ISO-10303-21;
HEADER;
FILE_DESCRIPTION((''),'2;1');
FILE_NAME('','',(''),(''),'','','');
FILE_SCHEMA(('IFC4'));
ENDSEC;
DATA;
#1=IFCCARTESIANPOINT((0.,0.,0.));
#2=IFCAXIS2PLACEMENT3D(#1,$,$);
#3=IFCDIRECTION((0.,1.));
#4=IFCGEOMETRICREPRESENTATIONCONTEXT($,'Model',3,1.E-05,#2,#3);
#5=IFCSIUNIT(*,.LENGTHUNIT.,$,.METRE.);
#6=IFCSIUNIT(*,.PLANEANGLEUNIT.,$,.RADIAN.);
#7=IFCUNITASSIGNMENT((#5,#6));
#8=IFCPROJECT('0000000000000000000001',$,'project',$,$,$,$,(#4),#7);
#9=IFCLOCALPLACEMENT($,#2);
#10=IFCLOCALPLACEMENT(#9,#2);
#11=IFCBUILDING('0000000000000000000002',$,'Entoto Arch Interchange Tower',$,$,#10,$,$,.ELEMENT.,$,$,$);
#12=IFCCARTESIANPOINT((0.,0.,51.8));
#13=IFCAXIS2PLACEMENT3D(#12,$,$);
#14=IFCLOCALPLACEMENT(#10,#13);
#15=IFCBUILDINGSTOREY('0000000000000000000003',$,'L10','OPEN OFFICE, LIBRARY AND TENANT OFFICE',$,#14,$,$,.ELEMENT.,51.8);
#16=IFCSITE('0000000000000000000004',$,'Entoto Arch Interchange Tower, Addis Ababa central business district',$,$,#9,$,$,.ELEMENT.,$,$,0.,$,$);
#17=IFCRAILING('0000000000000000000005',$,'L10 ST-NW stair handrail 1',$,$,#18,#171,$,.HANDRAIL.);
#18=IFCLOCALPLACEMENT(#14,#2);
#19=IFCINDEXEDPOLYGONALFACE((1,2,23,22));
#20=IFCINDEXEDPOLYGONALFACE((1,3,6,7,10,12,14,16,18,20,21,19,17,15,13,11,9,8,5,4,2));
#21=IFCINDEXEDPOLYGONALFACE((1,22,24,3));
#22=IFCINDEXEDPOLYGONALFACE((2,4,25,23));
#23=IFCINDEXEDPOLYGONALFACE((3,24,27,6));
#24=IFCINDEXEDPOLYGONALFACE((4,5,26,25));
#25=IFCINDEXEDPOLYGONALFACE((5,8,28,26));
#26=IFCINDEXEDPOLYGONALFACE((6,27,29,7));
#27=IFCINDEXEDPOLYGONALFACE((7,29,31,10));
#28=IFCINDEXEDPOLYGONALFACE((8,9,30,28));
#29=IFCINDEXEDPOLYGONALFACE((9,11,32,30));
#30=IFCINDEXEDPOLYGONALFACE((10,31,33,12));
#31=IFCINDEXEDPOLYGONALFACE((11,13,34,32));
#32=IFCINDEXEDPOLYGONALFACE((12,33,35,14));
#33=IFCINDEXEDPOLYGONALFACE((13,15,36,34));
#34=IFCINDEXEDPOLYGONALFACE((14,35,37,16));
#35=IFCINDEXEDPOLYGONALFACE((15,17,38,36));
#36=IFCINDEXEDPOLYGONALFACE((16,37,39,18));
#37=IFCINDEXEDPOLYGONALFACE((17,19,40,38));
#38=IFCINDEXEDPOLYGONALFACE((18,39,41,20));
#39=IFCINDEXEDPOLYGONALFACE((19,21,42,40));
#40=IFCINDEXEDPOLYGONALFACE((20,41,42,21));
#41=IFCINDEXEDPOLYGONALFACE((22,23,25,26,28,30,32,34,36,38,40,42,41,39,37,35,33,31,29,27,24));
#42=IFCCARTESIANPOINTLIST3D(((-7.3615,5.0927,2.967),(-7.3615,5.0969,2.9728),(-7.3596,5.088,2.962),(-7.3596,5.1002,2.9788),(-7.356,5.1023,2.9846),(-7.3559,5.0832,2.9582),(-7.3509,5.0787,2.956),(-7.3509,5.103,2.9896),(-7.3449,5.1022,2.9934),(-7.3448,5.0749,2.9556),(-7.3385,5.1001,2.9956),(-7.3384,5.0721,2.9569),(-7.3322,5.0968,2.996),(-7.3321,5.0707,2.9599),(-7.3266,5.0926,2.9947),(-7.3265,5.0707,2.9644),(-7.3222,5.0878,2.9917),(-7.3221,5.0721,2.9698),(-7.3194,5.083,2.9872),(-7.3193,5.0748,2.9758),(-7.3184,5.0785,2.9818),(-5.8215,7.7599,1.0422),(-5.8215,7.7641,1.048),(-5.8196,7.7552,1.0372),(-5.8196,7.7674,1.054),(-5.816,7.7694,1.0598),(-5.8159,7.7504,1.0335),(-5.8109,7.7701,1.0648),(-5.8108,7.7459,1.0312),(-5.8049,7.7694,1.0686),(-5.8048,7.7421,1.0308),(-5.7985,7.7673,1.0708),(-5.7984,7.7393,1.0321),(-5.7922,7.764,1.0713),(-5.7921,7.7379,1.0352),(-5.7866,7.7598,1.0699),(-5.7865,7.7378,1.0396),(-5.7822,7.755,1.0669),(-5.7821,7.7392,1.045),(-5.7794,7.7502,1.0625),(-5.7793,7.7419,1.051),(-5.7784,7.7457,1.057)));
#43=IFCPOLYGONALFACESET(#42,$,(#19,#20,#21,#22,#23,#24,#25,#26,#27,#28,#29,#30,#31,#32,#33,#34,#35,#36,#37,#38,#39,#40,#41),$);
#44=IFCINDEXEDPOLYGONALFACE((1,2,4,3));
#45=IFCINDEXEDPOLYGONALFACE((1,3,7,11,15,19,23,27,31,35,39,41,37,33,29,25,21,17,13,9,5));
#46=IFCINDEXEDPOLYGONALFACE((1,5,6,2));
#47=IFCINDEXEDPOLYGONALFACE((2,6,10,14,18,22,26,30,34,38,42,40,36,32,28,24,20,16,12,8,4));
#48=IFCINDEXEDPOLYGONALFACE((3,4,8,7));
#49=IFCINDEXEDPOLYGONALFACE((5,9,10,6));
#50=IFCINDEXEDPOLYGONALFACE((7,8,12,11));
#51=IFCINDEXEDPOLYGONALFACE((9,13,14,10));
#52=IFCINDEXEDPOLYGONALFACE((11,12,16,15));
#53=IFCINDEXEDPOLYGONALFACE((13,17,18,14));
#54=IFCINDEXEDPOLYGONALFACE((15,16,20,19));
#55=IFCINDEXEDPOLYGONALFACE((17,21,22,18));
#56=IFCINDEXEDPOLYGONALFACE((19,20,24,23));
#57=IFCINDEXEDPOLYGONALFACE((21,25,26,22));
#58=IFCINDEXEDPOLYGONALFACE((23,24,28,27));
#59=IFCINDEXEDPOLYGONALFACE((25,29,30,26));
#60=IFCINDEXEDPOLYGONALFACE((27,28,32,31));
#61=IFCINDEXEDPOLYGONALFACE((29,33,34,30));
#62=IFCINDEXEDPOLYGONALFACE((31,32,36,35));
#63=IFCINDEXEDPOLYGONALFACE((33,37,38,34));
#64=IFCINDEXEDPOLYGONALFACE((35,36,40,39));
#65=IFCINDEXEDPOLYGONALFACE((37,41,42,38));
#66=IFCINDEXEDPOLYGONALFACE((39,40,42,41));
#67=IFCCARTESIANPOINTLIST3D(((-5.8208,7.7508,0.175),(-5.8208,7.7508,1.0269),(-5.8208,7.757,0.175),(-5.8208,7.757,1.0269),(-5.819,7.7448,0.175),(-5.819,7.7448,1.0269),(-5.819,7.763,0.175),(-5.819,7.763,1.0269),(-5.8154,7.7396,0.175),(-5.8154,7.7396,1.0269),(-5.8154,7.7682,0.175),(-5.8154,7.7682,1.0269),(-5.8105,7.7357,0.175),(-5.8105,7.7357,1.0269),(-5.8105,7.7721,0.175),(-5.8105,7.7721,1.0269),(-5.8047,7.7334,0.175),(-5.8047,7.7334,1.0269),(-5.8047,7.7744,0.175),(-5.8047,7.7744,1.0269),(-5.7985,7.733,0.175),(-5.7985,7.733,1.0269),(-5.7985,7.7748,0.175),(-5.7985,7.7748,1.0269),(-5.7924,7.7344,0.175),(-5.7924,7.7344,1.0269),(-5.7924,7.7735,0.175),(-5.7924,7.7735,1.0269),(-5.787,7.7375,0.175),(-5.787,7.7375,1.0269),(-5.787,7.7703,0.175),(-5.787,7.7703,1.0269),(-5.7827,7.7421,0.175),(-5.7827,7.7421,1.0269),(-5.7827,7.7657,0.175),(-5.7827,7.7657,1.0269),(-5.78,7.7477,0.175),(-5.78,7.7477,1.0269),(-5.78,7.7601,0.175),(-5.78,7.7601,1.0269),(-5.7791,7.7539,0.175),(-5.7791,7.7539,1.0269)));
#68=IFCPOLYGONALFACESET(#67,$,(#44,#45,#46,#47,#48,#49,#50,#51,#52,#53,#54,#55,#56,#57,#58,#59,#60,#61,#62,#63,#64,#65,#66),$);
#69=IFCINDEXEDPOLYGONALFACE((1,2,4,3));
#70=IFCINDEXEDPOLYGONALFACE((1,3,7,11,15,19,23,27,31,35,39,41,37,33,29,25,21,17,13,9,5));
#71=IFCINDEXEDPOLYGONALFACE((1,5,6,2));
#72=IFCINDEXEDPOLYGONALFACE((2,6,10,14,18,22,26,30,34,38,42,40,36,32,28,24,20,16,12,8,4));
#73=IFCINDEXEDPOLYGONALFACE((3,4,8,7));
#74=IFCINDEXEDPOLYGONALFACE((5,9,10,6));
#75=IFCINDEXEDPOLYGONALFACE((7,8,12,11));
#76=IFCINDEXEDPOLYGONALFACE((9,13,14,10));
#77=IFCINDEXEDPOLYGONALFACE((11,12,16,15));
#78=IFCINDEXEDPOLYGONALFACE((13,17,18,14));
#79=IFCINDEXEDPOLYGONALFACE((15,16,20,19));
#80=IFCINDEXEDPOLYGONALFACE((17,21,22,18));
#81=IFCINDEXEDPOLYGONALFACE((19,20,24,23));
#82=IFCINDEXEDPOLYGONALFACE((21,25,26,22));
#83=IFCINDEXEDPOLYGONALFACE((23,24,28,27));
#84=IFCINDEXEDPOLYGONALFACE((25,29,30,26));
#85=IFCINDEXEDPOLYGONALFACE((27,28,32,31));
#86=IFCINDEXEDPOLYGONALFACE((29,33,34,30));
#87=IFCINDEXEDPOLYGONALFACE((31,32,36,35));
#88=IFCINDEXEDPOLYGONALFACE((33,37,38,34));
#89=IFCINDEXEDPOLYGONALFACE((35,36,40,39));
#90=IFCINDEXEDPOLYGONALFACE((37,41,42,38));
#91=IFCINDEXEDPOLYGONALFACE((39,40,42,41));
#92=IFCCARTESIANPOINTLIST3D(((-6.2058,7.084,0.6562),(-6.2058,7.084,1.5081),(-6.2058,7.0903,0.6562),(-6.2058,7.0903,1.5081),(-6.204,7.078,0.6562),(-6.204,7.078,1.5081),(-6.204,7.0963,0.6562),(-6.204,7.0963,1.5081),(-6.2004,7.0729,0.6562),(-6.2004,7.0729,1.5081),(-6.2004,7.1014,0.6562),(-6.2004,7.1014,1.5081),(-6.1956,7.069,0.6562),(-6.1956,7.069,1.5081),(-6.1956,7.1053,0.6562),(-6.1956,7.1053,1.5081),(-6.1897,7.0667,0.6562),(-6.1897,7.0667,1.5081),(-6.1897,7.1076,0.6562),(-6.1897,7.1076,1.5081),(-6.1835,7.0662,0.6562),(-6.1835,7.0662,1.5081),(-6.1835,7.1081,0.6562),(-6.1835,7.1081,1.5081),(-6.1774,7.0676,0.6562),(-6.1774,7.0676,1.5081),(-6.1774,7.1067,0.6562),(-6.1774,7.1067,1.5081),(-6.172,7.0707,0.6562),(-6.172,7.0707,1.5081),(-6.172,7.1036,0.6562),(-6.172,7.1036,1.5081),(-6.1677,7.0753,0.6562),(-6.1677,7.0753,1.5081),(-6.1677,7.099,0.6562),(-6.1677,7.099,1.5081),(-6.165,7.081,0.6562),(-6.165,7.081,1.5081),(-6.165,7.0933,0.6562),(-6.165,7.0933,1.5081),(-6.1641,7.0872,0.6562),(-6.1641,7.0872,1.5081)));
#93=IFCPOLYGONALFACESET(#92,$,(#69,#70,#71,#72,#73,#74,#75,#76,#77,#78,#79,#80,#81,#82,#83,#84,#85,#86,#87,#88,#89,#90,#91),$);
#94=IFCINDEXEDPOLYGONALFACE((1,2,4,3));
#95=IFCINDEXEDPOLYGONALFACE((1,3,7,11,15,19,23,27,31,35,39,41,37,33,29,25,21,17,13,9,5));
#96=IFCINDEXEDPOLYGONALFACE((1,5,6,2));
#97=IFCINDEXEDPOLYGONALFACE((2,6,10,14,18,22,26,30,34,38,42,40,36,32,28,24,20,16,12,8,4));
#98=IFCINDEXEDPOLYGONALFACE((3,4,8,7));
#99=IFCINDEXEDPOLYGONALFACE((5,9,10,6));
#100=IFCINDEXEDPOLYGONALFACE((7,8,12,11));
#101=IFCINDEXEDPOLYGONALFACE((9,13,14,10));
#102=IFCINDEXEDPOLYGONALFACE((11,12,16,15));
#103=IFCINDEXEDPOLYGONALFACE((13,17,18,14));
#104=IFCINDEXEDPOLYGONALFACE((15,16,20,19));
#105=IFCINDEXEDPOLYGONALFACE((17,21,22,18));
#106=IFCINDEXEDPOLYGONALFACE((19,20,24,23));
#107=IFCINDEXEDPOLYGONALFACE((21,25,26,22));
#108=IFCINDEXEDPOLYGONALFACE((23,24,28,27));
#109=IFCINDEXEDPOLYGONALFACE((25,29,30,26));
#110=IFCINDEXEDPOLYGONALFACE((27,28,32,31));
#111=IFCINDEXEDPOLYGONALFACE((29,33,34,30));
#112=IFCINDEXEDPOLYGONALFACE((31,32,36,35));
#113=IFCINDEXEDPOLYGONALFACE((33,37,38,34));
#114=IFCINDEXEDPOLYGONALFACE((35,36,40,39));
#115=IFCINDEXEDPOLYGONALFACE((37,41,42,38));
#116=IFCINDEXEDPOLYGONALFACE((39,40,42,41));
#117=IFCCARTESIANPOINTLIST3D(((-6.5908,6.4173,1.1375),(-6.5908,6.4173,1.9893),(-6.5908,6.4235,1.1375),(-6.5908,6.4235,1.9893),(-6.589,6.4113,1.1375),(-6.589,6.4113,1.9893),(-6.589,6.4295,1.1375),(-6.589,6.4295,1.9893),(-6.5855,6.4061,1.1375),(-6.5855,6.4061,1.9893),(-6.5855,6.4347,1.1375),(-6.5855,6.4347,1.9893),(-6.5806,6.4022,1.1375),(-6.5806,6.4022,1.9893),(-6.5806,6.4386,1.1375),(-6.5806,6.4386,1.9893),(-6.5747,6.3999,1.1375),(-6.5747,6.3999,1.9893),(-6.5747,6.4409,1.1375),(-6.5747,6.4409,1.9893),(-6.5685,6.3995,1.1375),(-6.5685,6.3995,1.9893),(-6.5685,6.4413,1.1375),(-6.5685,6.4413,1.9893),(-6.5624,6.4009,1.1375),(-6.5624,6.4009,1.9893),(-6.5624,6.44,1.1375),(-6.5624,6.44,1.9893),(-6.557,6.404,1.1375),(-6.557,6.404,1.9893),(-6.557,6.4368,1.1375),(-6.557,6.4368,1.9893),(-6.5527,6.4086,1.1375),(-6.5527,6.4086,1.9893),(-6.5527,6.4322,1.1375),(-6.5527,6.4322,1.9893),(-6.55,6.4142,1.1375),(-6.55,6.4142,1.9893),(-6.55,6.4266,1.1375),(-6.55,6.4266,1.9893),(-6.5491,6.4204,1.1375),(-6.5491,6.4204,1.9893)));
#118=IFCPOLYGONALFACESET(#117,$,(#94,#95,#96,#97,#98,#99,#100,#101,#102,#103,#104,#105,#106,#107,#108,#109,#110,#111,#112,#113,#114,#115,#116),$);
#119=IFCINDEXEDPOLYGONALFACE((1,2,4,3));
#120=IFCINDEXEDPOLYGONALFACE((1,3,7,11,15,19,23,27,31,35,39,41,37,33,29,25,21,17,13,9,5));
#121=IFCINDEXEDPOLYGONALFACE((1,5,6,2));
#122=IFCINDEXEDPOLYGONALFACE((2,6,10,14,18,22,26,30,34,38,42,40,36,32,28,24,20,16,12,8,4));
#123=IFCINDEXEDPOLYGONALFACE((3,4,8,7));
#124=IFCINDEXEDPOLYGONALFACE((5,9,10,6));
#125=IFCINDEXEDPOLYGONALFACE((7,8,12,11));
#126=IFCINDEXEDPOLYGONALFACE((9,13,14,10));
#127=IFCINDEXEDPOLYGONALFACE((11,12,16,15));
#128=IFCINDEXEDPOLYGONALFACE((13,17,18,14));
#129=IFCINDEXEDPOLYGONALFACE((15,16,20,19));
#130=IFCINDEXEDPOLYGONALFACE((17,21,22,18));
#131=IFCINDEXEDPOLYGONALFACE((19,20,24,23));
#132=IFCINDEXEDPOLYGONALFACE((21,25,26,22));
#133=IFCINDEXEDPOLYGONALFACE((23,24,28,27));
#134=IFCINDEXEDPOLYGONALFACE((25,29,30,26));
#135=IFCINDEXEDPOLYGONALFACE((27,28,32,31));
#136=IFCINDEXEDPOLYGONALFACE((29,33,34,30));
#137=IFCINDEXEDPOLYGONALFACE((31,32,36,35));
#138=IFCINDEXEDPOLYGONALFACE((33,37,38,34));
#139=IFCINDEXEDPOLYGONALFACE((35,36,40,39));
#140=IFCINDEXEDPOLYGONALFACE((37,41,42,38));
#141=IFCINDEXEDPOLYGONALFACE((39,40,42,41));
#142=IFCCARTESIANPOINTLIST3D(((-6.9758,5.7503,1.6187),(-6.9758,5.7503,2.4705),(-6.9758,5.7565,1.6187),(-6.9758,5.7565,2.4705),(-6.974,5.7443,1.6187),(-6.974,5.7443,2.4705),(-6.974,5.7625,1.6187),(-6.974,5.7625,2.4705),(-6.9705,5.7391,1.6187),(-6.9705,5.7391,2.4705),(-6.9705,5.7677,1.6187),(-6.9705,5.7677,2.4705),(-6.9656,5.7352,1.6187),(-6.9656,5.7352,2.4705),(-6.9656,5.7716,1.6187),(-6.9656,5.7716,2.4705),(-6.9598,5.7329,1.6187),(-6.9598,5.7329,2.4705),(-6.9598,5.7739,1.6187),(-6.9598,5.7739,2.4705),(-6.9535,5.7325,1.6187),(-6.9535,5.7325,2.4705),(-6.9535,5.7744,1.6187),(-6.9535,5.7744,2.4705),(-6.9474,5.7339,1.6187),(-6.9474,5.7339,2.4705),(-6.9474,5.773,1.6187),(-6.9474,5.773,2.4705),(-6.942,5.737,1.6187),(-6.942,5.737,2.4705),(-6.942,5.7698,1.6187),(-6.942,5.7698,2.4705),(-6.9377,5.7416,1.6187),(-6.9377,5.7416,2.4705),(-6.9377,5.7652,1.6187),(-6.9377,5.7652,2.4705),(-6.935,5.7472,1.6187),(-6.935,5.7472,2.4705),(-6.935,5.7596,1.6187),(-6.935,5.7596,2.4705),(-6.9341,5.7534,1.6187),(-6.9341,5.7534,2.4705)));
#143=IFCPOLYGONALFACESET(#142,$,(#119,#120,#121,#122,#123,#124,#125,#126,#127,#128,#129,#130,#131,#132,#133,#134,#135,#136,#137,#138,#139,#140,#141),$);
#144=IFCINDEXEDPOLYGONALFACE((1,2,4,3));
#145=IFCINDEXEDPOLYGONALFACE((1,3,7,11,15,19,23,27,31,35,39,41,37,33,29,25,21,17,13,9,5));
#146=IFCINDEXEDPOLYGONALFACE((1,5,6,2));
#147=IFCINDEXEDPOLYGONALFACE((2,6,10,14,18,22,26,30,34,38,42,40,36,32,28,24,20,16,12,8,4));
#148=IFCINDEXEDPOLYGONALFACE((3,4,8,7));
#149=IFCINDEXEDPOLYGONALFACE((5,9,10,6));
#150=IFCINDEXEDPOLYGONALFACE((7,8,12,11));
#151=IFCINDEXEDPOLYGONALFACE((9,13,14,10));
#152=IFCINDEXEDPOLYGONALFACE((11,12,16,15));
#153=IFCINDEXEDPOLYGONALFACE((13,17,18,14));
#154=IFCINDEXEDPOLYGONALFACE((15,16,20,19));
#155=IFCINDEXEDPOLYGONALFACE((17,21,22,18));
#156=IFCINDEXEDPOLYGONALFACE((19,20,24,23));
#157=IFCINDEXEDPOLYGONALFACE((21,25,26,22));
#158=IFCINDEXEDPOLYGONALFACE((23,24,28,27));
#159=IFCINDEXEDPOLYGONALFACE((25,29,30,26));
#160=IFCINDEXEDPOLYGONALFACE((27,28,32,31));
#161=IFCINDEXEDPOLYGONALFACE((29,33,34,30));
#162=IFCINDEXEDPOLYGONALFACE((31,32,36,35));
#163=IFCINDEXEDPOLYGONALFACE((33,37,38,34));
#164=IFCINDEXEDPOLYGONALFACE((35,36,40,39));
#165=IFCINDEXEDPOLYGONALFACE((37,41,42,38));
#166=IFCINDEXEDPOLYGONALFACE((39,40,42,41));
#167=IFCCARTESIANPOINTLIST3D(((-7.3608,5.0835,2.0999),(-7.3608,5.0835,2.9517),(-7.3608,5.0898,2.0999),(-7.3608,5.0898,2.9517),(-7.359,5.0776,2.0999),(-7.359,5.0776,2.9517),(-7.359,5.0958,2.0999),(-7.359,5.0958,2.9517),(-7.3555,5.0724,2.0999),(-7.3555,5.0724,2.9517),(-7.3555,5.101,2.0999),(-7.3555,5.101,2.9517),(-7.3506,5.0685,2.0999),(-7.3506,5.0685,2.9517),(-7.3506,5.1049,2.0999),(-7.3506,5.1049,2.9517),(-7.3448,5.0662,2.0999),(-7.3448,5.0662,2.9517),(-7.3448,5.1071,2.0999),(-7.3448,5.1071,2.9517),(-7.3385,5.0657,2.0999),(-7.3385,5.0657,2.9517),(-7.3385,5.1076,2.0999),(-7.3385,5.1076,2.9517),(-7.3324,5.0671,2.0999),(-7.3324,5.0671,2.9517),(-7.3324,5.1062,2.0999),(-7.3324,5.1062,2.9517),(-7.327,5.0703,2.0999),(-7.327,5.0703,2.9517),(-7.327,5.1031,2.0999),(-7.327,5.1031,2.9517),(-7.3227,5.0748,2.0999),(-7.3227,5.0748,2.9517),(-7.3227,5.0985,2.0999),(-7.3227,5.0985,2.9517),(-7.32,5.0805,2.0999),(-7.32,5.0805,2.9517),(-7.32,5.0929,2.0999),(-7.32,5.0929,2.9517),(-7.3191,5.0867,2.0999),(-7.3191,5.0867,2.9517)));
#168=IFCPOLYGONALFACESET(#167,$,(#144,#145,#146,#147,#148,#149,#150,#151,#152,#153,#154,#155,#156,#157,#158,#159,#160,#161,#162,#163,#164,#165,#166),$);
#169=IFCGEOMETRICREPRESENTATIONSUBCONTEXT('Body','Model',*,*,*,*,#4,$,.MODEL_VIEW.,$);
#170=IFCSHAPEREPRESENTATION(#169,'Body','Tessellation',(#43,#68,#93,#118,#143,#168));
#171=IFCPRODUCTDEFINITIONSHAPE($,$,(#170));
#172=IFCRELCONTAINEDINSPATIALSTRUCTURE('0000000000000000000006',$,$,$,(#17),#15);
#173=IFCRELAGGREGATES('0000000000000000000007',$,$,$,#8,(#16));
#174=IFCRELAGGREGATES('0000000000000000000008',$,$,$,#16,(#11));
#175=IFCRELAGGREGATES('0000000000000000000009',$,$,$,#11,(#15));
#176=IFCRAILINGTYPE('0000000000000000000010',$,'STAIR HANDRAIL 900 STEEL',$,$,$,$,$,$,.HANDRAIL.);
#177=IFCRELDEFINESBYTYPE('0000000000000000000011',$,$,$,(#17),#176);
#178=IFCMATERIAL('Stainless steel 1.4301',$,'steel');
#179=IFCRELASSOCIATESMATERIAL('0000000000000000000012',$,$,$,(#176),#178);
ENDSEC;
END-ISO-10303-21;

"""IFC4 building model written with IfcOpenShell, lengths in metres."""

from ifc_helpers import new_model, si_unit, direction, frame, origin, origin_2d, place, context, subcontext, project, spatial, circle, extrude, material, type_object, element, save


model = new_model("IFC4")

# Units and contexts
model_context = context("Model", 3, precision=1e-05, world=origin(), true_north=direction((0.0, 1.0)))
body_context = subcontext(model_context, "Body", "Model", "MODEL_VIEW")
ifc_project = project(units=[si_unit("LENGTHUNIT", "METRE"), si_unit("PLANEANGLEUNIT", "RADIAN")], contexts=[model_context])

# Site, building, storey
site_placement = place(None, origin())
site = spatial("IfcSite", under=ifc_project, at=site_placement, Name="Entoto Arch Interchange Tower, Addis Ababa central business district", CompositionType="ELEMENT", RefElevation=0.0)
building_placement = place(site_placement, origin())
building = spatial("IfcBuilding", under=site, at=building_placement, Name="Entoto Arch Interchange Tower", CompositionType="ELEMENT")
storey_placement = place(building_placement, frame((0.0, 0.0, 51.8)))
storey = spatial("IfcBuildingStorey", under=building, at=storey_placement, Name="L10", Description="OPEN OFFICE, LIBRARY AND TENANT OFFICE", CompositionType="ELEMENT", Elevation=51.8)

# Railing
ifc_material_1 = material(Name="Stainless steel 1.4301", Category="steel")
railing_type_1 = type_object("IfcRailingType", Name="STAIR HANDRAIL 900 STEEL", PredefinedType="HANDRAIL", material=ifc_material_1)
railing_1_placement = place(storey_placement, frame((-5.8, 7.7539, 0.175)))
element("IfcRailing", 1, at=railing_1_placement, inside=storey, type_object=railing_type_1, Name="L10 ST-NW stair handrail 1", PredefinedType="HANDRAIL", context=body_context, shape_type="SweptSolid", body=[
    extrude(circle(Radius=0.0239, at=origin_2d()), frame((0.0, 0.0, 0.876), z_axis=(-0.424031, -0.73439, 0.529971), x_axis=(0.86601, -0.500027, 0.0)), (0.0, 0.0, 1.0), 3.6318),
    extrude(circle(Radius=0.021, at=origin_2d()), origin(), (0.0, 0.0, 1.0), 0.8518),
    extrude(circle(Radius=0.021, at=origin_2d()), frame((-0.385, -0.6667, 0.4812)), (0.0, 0.0, 1.0), 0.8518),
    extrude(circle(Radius=0.021, at=origin_2d()), frame((-0.77, -1.3335, 0.9624)), (0.0, 0.0, 1.0), 0.8518),
    extrude(circle(Radius=0.021, at=origin_2d()), frame((-1.155, -2.0005, 1.4436)), (0.0, 0.0, 1.0), 0.8518),
    extrude(circle(Radius=0.021, at=origin_2d()), frame((-1.54, -2.6672, 1.9248)), (0.0, 0.0, 1.0), 0.8518),
])

save(model, "model.ifc")
